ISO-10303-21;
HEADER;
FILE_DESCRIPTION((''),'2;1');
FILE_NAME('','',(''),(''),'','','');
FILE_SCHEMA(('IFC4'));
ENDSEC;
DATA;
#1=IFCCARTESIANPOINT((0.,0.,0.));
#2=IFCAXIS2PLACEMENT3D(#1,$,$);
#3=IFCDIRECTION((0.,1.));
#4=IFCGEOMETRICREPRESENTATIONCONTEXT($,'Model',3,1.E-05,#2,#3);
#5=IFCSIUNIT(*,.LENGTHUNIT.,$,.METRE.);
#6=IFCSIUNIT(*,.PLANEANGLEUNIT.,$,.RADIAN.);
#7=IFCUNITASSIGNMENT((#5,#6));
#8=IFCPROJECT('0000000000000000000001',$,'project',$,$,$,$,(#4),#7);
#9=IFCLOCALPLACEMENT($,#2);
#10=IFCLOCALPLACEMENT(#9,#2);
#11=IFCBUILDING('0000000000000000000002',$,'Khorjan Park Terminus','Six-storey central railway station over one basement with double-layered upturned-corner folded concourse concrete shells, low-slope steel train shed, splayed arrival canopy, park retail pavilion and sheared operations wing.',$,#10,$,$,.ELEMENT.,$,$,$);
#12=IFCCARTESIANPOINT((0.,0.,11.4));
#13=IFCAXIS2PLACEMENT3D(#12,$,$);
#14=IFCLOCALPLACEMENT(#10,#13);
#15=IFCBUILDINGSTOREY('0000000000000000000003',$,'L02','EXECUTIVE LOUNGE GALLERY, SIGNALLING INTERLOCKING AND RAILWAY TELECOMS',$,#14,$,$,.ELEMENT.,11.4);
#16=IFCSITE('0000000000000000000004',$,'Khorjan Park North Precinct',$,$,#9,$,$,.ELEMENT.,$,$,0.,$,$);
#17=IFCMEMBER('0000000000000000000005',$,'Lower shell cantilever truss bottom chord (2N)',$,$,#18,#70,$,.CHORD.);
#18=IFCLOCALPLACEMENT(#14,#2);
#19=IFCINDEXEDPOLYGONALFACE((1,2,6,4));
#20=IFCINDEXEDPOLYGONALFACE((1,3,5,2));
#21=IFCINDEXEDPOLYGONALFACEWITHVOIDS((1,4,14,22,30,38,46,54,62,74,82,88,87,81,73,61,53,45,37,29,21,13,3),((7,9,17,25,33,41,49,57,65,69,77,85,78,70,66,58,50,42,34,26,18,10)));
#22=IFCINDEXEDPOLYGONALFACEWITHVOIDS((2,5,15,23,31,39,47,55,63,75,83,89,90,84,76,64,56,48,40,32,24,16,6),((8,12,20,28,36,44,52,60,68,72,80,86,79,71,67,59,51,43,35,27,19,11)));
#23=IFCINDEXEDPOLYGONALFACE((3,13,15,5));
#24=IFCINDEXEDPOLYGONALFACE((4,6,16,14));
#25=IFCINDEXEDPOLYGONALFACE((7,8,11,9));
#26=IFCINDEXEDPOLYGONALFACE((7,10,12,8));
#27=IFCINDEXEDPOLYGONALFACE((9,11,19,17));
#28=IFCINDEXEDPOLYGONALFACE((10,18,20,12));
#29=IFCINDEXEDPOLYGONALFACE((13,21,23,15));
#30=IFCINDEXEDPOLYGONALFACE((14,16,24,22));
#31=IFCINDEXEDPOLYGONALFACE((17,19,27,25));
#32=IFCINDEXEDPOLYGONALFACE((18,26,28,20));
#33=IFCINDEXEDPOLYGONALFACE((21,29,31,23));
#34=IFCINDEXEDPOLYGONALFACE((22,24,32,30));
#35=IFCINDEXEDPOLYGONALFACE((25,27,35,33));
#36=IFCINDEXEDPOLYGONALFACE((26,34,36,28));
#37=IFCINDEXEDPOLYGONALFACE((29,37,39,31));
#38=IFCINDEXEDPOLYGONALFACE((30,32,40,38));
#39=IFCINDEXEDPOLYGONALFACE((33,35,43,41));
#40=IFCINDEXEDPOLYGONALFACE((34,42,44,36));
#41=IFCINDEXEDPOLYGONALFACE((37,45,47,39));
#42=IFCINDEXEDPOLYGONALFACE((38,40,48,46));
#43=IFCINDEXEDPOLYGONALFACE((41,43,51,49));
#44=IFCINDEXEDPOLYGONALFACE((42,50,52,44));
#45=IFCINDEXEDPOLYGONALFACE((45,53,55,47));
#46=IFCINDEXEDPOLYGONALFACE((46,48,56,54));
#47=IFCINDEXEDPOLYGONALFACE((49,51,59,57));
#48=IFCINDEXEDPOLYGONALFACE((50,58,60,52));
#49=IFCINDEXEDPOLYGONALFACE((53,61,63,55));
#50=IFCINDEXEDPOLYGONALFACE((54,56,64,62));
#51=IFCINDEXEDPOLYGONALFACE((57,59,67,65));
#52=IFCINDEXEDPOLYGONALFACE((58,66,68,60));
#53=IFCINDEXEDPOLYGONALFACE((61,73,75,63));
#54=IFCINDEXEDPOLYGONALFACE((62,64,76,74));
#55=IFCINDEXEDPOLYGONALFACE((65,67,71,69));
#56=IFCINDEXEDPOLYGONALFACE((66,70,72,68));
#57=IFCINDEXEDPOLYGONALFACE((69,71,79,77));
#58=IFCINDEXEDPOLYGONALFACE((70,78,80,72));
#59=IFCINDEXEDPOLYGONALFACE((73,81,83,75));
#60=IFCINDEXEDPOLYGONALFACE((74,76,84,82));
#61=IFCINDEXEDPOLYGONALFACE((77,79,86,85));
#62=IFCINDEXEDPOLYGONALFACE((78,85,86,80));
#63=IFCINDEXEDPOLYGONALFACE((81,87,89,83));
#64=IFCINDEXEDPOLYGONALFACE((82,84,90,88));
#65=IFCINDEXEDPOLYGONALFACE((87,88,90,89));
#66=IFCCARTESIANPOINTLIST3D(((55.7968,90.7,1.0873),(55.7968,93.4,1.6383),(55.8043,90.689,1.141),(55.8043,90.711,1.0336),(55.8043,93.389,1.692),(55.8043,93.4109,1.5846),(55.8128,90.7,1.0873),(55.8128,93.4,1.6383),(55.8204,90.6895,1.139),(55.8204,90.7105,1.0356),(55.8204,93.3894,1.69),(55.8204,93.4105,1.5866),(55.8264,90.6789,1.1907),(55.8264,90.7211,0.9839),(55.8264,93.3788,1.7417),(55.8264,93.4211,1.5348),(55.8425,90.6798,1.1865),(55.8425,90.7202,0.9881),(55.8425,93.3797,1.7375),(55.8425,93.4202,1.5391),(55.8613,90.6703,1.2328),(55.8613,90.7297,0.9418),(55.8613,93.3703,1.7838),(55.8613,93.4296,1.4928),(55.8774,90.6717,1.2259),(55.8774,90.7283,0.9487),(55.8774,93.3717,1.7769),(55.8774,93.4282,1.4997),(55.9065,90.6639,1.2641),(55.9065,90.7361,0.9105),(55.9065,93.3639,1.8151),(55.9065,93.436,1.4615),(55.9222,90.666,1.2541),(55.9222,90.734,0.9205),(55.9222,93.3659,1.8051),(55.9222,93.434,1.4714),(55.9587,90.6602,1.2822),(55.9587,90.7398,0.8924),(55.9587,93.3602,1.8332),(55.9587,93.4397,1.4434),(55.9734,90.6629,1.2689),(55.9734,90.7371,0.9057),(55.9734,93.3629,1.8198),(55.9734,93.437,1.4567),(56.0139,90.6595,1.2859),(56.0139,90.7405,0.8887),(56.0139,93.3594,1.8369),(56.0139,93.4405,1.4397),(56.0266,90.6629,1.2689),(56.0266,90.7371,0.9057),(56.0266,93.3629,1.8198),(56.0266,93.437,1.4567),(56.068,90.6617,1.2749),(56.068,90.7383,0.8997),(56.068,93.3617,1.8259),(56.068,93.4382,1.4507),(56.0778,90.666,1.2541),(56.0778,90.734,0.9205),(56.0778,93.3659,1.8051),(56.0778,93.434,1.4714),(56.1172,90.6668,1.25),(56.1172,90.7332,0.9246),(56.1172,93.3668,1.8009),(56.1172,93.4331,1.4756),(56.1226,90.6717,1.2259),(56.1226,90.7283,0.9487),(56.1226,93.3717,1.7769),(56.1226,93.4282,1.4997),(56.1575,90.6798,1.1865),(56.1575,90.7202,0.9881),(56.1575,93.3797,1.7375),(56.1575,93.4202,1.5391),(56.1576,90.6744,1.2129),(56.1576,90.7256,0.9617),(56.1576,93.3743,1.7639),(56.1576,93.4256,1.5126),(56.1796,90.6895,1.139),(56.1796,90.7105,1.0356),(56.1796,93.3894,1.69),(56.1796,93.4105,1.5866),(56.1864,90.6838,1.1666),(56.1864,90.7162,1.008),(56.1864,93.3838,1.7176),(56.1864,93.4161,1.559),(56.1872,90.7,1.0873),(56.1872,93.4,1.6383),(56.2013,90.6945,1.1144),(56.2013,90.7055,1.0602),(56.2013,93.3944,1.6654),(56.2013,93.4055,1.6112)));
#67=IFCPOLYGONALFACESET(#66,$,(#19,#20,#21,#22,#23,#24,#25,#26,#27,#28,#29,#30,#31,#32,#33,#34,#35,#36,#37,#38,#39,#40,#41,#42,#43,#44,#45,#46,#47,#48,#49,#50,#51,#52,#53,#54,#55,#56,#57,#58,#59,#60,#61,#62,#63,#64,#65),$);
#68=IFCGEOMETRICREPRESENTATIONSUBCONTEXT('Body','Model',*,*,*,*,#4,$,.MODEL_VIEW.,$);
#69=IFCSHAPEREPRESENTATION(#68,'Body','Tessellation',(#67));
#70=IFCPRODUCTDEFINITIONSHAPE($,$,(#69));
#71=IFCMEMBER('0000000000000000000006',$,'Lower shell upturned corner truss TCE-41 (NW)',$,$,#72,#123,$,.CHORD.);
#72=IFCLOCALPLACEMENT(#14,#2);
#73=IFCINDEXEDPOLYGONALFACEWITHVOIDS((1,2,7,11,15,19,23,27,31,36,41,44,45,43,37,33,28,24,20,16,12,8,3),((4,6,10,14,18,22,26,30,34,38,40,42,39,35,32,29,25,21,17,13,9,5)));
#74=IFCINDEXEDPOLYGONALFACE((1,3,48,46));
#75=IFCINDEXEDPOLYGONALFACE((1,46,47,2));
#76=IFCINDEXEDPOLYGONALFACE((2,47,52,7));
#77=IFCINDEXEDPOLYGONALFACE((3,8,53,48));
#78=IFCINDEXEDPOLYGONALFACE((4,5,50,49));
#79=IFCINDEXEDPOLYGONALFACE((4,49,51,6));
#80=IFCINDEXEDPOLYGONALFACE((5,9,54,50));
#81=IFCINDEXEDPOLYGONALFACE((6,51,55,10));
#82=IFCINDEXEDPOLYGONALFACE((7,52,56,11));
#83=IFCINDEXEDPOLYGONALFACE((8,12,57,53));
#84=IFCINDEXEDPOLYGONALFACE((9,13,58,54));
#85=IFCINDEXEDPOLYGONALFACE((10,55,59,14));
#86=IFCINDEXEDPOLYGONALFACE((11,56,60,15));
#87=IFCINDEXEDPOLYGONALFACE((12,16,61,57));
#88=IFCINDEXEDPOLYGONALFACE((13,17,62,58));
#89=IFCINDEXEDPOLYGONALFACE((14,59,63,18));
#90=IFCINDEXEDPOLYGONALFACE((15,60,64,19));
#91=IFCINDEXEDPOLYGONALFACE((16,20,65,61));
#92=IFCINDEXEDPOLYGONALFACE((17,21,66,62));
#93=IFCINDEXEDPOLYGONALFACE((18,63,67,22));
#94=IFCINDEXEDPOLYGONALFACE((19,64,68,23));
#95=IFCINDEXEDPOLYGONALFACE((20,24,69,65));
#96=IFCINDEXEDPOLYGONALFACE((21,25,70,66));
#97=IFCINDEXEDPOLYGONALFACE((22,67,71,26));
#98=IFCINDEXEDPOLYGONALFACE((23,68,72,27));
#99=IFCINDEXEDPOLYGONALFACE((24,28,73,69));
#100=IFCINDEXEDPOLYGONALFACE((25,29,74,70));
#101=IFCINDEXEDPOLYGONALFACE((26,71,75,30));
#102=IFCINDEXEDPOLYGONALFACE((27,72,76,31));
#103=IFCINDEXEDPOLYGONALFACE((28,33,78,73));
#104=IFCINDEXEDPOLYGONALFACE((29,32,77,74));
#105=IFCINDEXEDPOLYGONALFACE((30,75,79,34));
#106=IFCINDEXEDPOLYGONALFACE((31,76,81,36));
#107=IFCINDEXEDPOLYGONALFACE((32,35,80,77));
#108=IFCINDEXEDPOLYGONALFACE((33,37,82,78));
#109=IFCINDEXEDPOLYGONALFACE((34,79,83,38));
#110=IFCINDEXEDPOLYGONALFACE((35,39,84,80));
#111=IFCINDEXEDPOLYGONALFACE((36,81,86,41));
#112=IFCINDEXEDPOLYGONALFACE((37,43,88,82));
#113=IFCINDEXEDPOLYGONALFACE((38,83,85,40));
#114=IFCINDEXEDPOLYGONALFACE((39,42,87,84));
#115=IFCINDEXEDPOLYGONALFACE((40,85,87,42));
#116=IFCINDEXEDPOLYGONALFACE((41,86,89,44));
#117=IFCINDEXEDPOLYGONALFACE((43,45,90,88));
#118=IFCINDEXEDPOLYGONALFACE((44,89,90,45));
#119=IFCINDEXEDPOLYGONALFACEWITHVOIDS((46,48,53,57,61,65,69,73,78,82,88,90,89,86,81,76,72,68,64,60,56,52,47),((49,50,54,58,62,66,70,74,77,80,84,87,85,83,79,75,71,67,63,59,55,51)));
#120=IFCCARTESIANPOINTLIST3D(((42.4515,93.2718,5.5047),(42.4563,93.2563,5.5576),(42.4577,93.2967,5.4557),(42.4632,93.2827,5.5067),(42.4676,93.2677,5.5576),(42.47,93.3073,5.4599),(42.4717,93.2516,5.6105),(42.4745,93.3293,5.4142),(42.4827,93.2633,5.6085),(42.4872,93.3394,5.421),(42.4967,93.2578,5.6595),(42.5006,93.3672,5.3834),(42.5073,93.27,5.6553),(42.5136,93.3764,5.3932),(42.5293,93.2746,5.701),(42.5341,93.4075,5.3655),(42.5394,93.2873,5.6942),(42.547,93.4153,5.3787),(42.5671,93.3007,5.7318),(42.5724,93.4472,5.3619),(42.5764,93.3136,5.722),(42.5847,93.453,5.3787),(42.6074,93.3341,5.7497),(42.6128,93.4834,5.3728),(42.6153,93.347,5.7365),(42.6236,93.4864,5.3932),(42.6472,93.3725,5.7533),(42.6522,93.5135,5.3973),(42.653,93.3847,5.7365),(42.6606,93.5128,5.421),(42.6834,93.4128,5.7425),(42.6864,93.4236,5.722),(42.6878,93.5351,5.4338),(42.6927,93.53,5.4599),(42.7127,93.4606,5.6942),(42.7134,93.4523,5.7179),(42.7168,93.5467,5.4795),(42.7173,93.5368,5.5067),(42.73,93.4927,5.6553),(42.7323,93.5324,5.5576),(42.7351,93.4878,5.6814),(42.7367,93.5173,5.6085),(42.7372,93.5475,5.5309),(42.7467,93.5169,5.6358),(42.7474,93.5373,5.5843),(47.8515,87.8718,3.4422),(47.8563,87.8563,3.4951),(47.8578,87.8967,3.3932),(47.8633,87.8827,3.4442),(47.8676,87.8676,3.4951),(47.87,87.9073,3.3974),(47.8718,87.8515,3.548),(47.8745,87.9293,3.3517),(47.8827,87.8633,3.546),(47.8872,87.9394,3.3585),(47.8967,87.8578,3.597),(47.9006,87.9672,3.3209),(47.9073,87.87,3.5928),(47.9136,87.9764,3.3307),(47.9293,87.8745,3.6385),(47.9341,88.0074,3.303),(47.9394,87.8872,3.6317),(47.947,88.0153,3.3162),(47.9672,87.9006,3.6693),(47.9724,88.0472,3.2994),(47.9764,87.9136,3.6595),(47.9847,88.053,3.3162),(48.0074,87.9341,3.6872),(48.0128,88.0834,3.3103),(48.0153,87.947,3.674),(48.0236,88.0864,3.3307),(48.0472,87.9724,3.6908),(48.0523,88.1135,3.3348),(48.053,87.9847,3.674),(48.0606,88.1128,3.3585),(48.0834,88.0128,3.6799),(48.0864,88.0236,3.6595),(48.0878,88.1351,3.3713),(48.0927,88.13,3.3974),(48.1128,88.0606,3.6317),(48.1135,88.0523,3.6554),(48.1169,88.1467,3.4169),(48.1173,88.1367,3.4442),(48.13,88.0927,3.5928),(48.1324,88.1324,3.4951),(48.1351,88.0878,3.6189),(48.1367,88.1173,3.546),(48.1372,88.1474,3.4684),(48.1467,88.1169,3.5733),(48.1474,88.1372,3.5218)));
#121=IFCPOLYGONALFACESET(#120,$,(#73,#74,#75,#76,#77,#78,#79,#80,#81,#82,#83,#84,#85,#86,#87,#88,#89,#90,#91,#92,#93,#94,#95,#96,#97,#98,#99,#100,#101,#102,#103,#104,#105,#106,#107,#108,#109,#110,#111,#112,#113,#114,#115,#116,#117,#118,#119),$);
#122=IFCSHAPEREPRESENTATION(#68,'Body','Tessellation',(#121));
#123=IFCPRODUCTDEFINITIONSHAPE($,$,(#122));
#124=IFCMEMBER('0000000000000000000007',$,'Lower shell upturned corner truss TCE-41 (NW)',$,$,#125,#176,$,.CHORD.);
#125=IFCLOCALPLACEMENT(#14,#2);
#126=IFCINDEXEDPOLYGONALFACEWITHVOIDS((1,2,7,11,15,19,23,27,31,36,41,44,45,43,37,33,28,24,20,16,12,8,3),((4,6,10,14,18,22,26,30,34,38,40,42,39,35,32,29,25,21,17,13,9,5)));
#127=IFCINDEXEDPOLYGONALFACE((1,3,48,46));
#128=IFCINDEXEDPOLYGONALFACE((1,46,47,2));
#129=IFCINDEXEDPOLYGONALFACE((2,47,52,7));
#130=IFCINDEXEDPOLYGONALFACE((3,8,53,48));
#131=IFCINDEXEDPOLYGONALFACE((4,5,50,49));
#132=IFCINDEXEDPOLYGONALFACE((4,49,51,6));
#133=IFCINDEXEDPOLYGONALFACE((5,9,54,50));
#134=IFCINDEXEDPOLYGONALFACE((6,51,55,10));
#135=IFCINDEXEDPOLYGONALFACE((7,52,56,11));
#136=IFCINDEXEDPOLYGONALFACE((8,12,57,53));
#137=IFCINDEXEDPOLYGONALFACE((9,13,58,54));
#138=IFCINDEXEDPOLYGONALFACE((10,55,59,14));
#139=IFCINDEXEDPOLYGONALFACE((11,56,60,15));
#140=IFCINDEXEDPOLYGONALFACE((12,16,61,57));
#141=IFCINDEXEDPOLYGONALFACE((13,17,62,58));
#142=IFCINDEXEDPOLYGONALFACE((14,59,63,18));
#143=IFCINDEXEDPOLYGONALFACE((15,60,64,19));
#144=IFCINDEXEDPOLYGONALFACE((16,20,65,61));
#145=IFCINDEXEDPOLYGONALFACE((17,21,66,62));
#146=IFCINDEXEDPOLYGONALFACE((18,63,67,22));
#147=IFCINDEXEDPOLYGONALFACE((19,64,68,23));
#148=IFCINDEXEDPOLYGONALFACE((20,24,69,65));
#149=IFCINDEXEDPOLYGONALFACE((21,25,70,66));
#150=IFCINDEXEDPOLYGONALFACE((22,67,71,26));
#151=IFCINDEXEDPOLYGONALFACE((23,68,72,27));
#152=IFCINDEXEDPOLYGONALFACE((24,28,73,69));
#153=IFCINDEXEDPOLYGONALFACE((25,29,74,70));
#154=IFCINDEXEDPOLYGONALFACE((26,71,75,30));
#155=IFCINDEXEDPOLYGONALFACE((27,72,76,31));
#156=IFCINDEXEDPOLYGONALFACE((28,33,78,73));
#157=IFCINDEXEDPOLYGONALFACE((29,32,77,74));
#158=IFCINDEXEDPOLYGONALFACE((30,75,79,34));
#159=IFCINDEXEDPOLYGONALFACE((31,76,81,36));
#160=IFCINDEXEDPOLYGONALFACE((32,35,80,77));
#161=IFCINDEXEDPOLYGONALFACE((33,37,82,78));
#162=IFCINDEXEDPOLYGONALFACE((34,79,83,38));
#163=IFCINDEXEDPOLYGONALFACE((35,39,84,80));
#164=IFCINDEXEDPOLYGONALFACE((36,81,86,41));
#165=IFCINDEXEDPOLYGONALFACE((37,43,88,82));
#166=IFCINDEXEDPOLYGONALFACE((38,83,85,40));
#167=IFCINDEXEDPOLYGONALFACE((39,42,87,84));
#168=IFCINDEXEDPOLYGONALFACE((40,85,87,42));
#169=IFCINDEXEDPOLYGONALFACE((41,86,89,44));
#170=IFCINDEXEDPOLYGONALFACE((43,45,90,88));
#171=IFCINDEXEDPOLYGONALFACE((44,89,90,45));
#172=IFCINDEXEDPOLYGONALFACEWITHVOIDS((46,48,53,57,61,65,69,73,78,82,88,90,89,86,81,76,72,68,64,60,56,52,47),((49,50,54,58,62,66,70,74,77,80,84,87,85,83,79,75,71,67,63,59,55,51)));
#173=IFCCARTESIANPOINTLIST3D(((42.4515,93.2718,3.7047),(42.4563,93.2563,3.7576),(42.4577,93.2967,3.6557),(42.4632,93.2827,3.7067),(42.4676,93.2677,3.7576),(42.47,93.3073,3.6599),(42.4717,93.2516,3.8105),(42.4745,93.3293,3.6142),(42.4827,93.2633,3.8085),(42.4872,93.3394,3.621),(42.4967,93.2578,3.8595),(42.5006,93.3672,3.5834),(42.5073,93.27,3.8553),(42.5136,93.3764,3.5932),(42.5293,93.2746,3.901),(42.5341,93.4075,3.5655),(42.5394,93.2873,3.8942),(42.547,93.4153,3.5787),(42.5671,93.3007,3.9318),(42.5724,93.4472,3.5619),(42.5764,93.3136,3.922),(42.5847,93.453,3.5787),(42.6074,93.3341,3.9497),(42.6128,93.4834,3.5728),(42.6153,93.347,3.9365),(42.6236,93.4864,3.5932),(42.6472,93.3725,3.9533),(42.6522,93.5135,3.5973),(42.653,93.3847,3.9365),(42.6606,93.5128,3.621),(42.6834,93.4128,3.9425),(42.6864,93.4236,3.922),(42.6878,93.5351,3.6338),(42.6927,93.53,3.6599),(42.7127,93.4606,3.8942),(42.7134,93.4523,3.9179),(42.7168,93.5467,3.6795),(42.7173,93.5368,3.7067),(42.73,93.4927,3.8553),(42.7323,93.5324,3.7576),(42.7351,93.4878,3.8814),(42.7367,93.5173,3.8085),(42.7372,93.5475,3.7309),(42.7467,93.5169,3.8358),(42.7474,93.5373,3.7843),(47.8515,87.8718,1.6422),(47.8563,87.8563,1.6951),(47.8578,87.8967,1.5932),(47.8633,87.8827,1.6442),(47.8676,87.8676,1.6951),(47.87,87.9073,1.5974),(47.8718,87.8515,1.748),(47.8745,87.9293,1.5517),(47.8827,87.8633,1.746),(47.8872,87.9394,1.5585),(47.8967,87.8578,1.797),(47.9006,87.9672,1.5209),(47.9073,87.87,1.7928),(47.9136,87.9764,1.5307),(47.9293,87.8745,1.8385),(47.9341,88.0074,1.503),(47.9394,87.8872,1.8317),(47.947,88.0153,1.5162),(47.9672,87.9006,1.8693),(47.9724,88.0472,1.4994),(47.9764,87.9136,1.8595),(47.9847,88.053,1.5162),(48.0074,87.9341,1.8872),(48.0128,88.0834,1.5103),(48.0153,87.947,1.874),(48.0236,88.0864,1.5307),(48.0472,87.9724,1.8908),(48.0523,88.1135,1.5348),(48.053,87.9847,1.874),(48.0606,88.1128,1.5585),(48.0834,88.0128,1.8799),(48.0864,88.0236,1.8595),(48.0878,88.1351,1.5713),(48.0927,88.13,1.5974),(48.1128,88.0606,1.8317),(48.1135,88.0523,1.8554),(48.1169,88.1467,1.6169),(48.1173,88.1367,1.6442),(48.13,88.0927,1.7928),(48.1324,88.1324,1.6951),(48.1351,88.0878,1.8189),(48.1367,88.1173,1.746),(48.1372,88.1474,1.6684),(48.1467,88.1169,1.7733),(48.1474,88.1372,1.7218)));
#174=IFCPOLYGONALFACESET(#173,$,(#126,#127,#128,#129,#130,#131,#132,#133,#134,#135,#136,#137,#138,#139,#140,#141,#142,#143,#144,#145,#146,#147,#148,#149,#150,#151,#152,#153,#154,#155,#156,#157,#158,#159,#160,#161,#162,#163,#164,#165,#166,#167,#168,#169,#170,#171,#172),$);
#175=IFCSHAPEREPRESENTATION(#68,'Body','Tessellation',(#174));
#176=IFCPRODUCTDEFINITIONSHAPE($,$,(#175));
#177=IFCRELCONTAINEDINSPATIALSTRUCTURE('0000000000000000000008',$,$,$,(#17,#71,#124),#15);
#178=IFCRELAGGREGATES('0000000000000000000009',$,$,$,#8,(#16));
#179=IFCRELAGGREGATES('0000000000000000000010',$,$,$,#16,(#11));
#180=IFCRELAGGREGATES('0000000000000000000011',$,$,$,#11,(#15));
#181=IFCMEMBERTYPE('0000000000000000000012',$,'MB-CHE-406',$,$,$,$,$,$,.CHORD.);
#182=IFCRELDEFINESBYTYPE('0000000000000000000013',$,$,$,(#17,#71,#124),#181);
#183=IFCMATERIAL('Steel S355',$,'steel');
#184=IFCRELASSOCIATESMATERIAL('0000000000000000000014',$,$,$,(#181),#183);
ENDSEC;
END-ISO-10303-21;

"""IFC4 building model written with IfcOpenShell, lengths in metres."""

from ifc_helpers import new_model, si_unit, direction, frame, origin, origin_2d, place, context, subcontext, project, spatial, hollow_circle, extrude, material, material_profile, profile_set, type_object, element, save


model = new_model("IFC4")

# Units and contexts
model_context = context("Model", 3, precision=1e-05, world=origin(), true_north=direction((0.0, 1.0)))
body_context = subcontext(model_context, "Body", "Model", "MODEL_VIEW")
ifc_project = project(units=[si_unit("LENGTHUNIT", "METRE"), si_unit("PLANEANGLEUNIT", "RADIAN")], contexts=[model_context])

# Site, building, storey
site_placement = place(None, origin())
site = spatial("IfcSite", under=ifc_project, at=site_placement, Name="Khorjan Park North Precinct", CompositionType="ELEMENT", RefElevation=0.0)
building_placement = place(site_placement, origin())
building = spatial("IfcBuilding", under=site, at=building_placement, Name="Khorjan Park Terminus", Description="Six-storey central railway station over one basement with double-layered upturned-corner folded concourse concrete shells, low-slope steel train shed, splayed arrival canopy, park retail pavilion and sheared operations wing.", CompositionType="ELEMENT")
storey_placement = place(building_placement, frame((0.0, 0.0, 11.4)))
storey = spatial("IfcBuildingStorey", under=building, at=storey_placement, Name="L02", Description="EXECUTIVE LOUNGE GALLERY, SIGNALLING INTERLOCKING AND RAILWAY TELECOMS", CompositionType="ELEMENT", Elevation=11.4)

# Members
ifc_material_1 = material(Name="Steel S355", Category="steel")
ifc_material_profile_1 = material_profile(ifc_material_1, hollow_circle(Radius=0.2032, WallThickness=0.016, at=origin_2d()), Name="CHS 406.4x16")
ifc_profile_set_1 = profile_set([ifc_material_profile_1], Name="Steel S355")
member_type_1 = type_object("IfcMemberType", Name="MB-CHE-406", PredefinedType="CHORD", material=ifc_profile_set_1)
for number, where, z_axis, x_axis, name in (
    (1, (56.0, 90.7, 1.0873), (0.0, 0.979806, 0.199953), (-1.0, 0.0, 0.0), "Lower shell cantilever truss bottom chord (2N)"),
):
    element("IfcMember", number, at=place(storey_placement, frame(where, z_axis=z_axis, x_axis=x_axis)), inside=storey, type_object=member_type_1, Name=name, PredefinedType="CHORD", context=body_context, shape_type="SweptSolid", body=[
        extrude(hollow_circle(Radius=0.2032, WallThickness=0.016, at=origin_2d()), origin(), (0.0, 0.0, 1.0), 2.7556),
    ])
for number, where, z_axis, x_axis, name in (
    (2, (48.0, 88.0, 3.4951), (-0.682648, 0.682648, 0.260734), (-0.707107, -0.707107, 0.0), "Lower shell upturned corner truss TCE-41 (NW)"),
    (3, (48.0, 88.0, 1.6951), (-0.682648, 0.682648, 0.260734), (-0.707107, -0.707107, 0.0), "Lower shell upturned corner truss TCE-41 (NW)"),
):
    element("IfcMember", number, at=place(storey_placement, frame(where, z_axis=z_axis, x_axis=x_axis)), inside=storey, type_object=member_type_1, Name=name, PredefinedType="CHORD", context=body_context, shape_type="SweptSolid", body=[
        extrude(hollow_circle(Radius=0.2032, WallThickness=0.016, at=origin_2d()), origin(), (0.0, 0.0, 1.0), 7.9104),
    ])

save(model, "model.ifc")
